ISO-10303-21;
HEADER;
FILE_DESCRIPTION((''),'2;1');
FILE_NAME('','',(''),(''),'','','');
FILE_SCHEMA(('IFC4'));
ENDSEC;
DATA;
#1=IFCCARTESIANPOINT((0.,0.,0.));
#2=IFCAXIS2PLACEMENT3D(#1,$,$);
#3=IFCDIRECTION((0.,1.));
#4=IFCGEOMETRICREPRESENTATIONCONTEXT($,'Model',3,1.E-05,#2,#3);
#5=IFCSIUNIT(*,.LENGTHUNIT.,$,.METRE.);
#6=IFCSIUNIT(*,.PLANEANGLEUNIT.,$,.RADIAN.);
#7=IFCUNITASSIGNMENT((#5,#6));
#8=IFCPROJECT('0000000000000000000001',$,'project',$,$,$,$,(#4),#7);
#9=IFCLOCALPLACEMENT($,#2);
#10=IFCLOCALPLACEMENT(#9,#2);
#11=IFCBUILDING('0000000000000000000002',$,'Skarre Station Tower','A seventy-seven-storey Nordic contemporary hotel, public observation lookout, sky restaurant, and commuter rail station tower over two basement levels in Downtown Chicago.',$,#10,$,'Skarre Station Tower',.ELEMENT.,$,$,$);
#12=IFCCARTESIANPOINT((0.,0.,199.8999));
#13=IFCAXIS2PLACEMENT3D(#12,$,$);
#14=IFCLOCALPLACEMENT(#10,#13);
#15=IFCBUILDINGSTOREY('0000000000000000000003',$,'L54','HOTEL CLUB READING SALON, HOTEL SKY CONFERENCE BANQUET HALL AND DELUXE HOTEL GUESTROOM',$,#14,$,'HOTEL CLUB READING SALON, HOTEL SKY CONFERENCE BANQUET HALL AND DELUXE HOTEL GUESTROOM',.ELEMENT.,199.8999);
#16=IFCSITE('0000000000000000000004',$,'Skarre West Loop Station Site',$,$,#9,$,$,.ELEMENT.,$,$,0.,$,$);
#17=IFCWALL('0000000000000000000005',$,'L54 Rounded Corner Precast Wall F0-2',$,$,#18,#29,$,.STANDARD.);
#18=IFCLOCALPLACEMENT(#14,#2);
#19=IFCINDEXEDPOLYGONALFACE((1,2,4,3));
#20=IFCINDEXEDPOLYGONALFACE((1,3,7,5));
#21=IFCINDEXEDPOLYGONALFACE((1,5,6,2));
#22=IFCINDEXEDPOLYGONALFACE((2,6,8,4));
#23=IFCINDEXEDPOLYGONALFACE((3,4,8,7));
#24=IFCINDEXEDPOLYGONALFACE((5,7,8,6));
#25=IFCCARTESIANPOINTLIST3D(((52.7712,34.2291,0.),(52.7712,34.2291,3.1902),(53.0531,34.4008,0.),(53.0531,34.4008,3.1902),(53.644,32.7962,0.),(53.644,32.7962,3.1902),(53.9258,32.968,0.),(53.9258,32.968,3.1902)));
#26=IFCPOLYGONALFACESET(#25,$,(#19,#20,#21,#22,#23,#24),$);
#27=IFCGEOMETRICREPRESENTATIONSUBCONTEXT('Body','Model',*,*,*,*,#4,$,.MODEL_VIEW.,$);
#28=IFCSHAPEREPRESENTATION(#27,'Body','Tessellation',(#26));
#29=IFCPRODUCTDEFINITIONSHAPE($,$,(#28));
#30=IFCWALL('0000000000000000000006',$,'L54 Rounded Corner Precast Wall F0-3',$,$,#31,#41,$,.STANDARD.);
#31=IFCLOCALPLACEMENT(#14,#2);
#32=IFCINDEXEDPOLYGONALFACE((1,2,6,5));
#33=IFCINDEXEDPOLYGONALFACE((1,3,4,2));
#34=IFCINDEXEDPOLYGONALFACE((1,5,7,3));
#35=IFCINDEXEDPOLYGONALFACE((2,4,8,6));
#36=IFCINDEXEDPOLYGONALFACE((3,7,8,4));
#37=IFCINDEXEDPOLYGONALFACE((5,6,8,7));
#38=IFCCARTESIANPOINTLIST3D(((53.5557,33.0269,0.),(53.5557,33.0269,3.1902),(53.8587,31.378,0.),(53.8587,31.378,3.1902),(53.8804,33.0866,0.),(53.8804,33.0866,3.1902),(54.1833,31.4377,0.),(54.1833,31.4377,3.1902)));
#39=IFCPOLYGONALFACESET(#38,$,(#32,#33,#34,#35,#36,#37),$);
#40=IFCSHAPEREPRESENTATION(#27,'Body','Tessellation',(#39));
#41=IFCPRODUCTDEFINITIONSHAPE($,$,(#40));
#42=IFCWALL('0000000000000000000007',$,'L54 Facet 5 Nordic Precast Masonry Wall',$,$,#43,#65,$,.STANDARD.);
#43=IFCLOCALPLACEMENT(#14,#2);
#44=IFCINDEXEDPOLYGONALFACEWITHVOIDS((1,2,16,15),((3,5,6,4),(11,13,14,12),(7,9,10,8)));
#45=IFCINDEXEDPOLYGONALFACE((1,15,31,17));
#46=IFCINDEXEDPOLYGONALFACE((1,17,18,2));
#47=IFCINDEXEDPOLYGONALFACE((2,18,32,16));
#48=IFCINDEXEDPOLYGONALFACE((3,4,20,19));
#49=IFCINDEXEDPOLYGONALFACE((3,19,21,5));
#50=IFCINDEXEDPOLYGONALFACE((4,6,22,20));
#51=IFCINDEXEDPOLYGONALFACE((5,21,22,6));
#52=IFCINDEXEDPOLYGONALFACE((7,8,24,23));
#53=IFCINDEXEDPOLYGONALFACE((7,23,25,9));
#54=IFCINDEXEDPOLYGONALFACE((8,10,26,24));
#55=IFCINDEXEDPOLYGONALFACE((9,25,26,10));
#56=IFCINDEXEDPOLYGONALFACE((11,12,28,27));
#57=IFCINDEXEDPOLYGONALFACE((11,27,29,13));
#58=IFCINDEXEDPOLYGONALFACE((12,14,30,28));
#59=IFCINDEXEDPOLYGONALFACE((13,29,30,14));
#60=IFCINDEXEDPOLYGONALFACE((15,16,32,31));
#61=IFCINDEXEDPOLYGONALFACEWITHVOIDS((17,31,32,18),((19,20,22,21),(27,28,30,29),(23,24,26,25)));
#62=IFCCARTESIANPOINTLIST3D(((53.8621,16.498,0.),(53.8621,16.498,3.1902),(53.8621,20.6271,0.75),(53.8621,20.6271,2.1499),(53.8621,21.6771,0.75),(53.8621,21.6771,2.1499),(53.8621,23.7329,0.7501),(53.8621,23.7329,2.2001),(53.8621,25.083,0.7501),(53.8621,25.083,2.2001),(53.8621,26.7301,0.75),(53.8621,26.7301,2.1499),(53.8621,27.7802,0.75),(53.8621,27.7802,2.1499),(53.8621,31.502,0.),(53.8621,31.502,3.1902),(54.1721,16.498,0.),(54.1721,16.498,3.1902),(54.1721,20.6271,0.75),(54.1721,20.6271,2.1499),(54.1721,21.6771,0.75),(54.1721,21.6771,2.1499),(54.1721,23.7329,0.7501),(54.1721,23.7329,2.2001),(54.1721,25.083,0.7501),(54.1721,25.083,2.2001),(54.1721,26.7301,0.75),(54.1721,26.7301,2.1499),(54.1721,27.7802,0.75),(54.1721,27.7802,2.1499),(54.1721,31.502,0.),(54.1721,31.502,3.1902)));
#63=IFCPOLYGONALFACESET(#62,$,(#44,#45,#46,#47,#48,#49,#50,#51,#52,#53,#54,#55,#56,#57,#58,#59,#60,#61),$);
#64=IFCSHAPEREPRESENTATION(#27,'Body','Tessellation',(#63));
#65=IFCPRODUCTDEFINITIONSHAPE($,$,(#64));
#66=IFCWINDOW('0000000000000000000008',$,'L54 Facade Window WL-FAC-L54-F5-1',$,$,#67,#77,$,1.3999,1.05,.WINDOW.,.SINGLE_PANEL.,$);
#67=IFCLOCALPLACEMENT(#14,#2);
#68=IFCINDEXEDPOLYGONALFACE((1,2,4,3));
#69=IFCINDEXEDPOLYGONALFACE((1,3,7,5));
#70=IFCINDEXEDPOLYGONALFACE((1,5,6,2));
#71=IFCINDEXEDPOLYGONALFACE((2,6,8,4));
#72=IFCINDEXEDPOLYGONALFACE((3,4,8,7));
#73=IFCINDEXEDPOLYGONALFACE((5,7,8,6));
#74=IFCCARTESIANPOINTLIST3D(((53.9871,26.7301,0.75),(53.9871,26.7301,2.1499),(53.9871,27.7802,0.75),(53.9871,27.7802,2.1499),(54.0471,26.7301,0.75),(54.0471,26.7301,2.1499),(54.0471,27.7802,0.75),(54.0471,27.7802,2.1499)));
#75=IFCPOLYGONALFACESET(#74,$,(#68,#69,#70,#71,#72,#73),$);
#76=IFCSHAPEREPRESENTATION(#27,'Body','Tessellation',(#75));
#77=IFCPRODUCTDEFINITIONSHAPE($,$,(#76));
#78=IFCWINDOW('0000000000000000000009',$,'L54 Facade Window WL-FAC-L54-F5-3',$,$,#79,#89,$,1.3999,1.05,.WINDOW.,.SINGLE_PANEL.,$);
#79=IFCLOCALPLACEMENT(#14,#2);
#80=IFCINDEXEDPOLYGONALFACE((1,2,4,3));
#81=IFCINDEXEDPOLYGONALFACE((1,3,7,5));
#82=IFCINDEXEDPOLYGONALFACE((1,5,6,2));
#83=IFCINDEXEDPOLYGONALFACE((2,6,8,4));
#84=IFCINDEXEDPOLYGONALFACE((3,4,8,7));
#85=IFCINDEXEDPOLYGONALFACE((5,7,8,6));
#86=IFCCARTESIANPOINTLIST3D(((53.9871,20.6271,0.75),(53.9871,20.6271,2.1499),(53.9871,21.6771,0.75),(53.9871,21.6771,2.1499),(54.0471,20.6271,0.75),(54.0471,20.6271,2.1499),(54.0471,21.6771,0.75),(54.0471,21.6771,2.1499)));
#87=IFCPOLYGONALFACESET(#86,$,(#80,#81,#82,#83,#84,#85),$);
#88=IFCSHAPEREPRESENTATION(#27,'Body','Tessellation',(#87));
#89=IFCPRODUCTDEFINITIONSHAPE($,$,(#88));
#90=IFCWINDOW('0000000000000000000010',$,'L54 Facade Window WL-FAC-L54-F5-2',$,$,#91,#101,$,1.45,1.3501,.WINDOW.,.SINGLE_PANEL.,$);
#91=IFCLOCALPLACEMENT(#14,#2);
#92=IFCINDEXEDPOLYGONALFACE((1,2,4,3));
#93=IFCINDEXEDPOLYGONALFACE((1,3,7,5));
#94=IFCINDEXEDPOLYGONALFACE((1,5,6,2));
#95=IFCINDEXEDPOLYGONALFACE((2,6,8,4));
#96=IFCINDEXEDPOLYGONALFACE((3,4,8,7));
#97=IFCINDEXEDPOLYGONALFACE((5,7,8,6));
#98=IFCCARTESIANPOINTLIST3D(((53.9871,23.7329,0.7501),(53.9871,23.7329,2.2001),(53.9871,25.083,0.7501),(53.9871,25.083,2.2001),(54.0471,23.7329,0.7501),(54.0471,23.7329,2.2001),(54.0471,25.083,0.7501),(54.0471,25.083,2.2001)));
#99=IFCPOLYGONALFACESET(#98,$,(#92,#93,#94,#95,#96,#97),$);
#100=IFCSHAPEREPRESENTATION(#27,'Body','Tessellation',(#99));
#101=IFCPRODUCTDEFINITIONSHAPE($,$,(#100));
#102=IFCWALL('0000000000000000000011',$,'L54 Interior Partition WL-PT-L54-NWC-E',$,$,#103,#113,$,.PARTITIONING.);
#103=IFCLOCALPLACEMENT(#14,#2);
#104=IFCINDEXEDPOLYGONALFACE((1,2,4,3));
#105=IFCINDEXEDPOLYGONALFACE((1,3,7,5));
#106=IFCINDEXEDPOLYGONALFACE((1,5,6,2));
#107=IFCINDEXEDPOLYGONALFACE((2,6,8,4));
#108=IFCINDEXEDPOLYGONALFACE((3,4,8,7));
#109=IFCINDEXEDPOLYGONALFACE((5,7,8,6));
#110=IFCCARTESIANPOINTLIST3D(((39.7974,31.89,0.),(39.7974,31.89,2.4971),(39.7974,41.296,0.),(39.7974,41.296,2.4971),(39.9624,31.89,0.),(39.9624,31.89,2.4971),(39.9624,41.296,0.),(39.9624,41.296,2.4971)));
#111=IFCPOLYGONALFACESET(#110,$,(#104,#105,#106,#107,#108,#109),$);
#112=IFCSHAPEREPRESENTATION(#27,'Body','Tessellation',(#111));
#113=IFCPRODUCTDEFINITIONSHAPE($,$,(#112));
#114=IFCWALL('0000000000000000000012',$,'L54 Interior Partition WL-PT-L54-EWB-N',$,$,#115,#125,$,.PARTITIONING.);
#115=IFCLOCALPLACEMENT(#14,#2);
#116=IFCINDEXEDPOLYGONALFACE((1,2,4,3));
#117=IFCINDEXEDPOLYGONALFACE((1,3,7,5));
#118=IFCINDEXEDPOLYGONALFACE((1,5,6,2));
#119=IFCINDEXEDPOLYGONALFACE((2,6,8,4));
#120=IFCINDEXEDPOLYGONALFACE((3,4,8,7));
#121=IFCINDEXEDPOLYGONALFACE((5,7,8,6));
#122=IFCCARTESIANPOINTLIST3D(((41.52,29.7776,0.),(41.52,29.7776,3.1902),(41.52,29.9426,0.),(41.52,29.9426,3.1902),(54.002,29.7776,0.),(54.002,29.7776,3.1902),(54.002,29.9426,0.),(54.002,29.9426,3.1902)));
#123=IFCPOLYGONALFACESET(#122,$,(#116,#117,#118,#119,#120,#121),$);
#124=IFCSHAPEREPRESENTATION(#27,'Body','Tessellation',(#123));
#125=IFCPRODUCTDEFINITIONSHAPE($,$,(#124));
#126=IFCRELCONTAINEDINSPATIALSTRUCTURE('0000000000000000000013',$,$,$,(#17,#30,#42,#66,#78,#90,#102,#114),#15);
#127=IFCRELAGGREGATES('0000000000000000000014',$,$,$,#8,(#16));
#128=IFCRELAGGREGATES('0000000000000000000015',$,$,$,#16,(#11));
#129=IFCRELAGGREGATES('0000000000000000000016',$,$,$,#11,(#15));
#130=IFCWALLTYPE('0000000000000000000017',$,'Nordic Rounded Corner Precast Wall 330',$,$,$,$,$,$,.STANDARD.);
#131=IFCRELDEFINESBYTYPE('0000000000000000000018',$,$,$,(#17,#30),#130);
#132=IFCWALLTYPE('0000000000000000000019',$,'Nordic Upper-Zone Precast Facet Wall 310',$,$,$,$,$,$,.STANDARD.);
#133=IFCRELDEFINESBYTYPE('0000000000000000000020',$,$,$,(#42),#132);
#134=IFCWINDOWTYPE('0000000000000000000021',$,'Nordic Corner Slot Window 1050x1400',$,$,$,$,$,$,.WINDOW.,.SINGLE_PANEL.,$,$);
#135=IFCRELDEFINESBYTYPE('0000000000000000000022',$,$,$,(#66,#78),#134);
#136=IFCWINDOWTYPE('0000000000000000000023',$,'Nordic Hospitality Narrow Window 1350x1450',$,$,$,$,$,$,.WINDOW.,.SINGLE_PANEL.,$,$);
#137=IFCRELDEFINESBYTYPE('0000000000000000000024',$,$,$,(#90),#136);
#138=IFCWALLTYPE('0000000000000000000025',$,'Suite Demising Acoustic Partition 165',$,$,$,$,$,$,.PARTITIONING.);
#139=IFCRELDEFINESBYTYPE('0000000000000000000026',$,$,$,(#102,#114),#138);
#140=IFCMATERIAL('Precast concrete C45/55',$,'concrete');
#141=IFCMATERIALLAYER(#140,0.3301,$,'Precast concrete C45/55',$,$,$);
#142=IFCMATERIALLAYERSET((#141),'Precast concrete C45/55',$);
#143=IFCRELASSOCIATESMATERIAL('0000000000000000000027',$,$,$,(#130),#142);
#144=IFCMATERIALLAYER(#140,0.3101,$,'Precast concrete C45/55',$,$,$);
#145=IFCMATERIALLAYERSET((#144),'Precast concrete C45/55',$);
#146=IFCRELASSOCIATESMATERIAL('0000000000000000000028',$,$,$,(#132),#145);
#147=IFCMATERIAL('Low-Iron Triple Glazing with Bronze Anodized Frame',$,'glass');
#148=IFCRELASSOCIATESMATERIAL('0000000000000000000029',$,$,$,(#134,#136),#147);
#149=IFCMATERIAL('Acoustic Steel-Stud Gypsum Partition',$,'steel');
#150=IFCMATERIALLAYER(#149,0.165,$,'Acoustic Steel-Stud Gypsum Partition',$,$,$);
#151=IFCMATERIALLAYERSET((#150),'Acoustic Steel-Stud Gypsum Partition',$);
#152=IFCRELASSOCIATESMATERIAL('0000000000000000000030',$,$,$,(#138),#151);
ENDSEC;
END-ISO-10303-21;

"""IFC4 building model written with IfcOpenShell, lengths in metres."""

from ifc_helpers import new_model, si_unit, direction, frame, frame_2d, origin, place, context, subcontext, project, spatial, rectangle, extrude, material, layer, layer_set, type_object, element, fill, save


model = new_model("IFC4")

# Units and contexts
model_context = context("Model", 3, precision=1e-05, world=origin(), true_north=direction((0.0, 1.0)))
body_context = subcontext(model_context, "Body", "Model", "MODEL_VIEW")
ifc_project = project(units=[si_unit("LENGTHUNIT", "METRE"), si_unit("PLANEANGLEUNIT", "RADIAN")], contexts=[model_context])

# Site, building, storey
site_placement = place(None, origin())
site = spatial("IfcSite", under=ifc_project, at=site_placement, Name="Skarre West Loop Station Site", CompositionType="ELEMENT", RefElevation=0.0)
building_placement = place(site_placement, origin())
building = spatial("IfcBuilding", under=site, at=building_placement, Name="Skarre Station Tower", Description="A seventy-seven-storey Nordic contemporary hotel, public observation lookout, sky restaurant, and commuter rail station tower over two basement levels in Downtown Chicago.", LongName="Skarre Station Tower", CompositionType="ELEMENT")
storey_placement = place(building_placement, frame((0.0, 0.0, 199.8999)))
storey = spatial("IfcBuildingStorey", under=building, at=storey_placement, Name="L54", Description="HOTEL CLUB READING SALON, HOTEL SKY CONFERENCE BANQUET HALL AND DELUXE HOTEL GUESTROOM", LongName="HOTEL CLUB READING SALON, HOTEL SKY CONFERENCE BANQUET HALL AND DELUXE HOTEL GUESTROOM", CompositionType="ELEMENT", Elevation=199.8999)

# Shared definitions
ifc_material_1 = material(Name="Acoustic Steel-Stud Gypsum Partition", Category="steel")

# Walls
ifc_material_2 = material(Name="Precast concrete C45/55", Category="concrete")
ifc_layer_1 = layer(ifc_material_2, 0.3301, Name="Precast concrete C45/55")
ifc_layer_set_1 = layer_set([ifc_layer_1], Name="Precast concrete C45/55")
wall_type_1 = type_object("IfcWallType", Name="Nordic Rounded Corner Precast Wall 330", PredefinedType="STANDARD", material=ifc_layer_set_1)
wall_1_placement = place(storey_placement, frame((52.9121, 34.3149, 0.0), z_axis=(0.0, 0.0, 1.0), x_axis=(0.520219, -0.854033, 0.0)))
element("IfcWall", 1, at=wall_1_placement, inside=storey, type_object=wall_type_1, Name="L54 Rounded Corner Precast Wall F0-2", PredefinedType="STANDARD", context=body_context, shape_type="SweptSolid", body=[
    extrude(rectangle(XDim=1.6777, YDim=0.3301, at=frame_2d((0.8389, 0.0))), origin(), (0.0, 0.0, 1.0), 3.1902),
])
wall_2_placement = place(storey_placement, frame((53.718, 33.0569, 0.0), z_axis=(0.0, 0.0, 1.0), x_axis=(0.180718, -0.983535, 0.0)))
element("IfcWall", 2, at=wall_2_placement, inside=storey, type_object=wall_type_1, Name="L54 Rounded Corner Precast Wall F0-3", PredefinedType="STANDARD", context=body_context, shape_type="SweptSolid", body=[
    extrude(rectangle(XDim=1.6765, YDim=0.3301, at=frame_2d((0.8384, 0.0))), origin(), (0.0, 0.0, 1.0), 3.1902),
])

# Wall, openings, windows
ifc_layer_2 = layer(ifc_material_2, 0.3101, Name="Precast concrete C45/55")
ifc_layer_set_2 = layer_set([ifc_layer_2], Name="Precast concrete C45/55")
wall_type_2 = type_object("IfcWallType", Name="Nordic Upper-Zone Precast Facet Wall 310", PredefinedType="STANDARD", material=ifc_layer_set_2)
wall_3_placement = place(storey_placement, frame((54.0171, 31.502, 0.0), z_axis=(0.0, 0.0, 1.0), x_axis=(0.0, -1.0, 0.0)))
wall_3 = element("IfcWall", 3, at=wall_3_placement, inside=storey, type_object=wall_type_2, Name="L54 Facet 5 Nordic Precast Masonry Wall", PredefinedType="STANDARD", context=body_context, shape_type="SweptSolid", body=[
    extrude(rectangle(XDim=15.0039, YDim=0.3101, at=frame_2d((7.502, 0.0))), origin(), (0.0, 0.0, 1.0), 3.1902),
])
opening_1_placement = place(wall_3_placement, frame((3.7219, 0.0, 0.75)))
opening_1 = element("IfcOpeningElement", 4, at=opening_1_placement, cuts=wall_3, PredefinedType="OPENING", context=body_context, shape_type="SweptSolid", body=[
    extrude(rectangle(XDim=1.05, YDim=1.3999, at=frame_2d((0.5249, 0.7))), frame((0.0, 0.165, 0.0), z_axis=(0.0, -1.0, 0.0), x_axis=(1.0, 0.0, 0.0)), (0.0, 0.0, 1.0), 0.3301),
])
opening_2_placement = place(wall_3_placement, frame((6.4189, 0.0, 0.75)))
opening_2 = element("IfcOpeningElement", 5, at=opening_2_placement, cuts=wall_3, PredefinedType="OPENING", context=body_context, shape_type="SweptSolid", body=[
    extrude(rectangle(XDim=1.3501, YDim=1.45, at=frame_2d((0.675, 0.7251))), frame((0.0, 0.165, 0.0), z_axis=(0.0, -1.0, 0.0), x_axis=(1.0, 0.0, 0.0)), (0.0, 0.0, 1.0), 0.3301),
])
opening_3_placement = place(wall_3_placement, frame((9.825, 0.0, 0.75)))
opening_3 = element("IfcOpeningElement", 6, at=opening_3_placement, cuts=wall_3, PredefinedType="OPENING", context=body_context, shape_type="SweptSolid", body=[
    extrude(rectangle(XDim=1.05, YDim=1.3999, at=frame_2d((0.5249, 0.7))), frame((0.0, 0.165, 0.0), z_axis=(0.0, -1.0, 0.0), x_axis=(1.0, 0.0, 0.0)), (0.0, 0.0, 1.0), 0.3301),
])
ifc_material_3 = material(Name="Low-Iron Triple Glazing with Bronze Anodized Frame", Category="glass")
window_type_1 = type_object("IfcWindowType", Name="Nordic Corner Slot Window 1050x1400", PartitioningType="SINGLE_PANEL", PredefinedType="WINDOW", material=ifc_material_3)
window_1_placement = place(opening_1_placement, origin())
window_1 = element("IfcWindow", 7, at=window_1_placement, inside=storey, type_object=window_type_1, Name="L54 Facade Window WL-FAC-L54-F5-1", OverallHeight=1.3999, OverallWidth=1.05, PartitioningType="SINGLE_PANEL", PredefinedType="WINDOW", context=body_context, shape_type="SweptSolid", body=[
    extrude(rectangle(XDim=1.05, YDim=1.3999, at=frame_2d((0.5249, 0.7))), frame((0.0, 0.03, 0.0), z_axis=(0.0, -1.0, 0.0), x_axis=(1.0, 0.0, 0.0)), (0.0, 0.0, 1.0), 0.0601),
])
fill(opening_1, window_1)
window_2_placement = place(opening_3_placement, origin())
window_2 = element("IfcWindow", 8, at=window_2_placement, inside=storey, type_object=window_type_1, Name="L54 Facade Window WL-FAC-L54-F5-3", OverallHeight=1.3999, OverallWidth=1.05, PartitioningType="SINGLE_PANEL", PredefinedType="WINDOW", context=body_context, shape_type="SweptSolid", body=[
    extrude(rectangle(XDim=1.05, YDim=1.3999, at=frame_2d((0.5249, 0.7))), frame((0.0, 0.03, 0.0), z_axis=(0.0, -1.0, 0.0), x_axis=(1.0, 0.0, 0.0)), (0.0, 0.0, 1.0), 0.0601),
])
fill(opening_3, window_2)
window_type_2 = type_object("IfcWindowType", Name="Nordic Hospitality Narrow Window 1350x1450", PartitioningType="SINGLE_PANEL", PredefinedType="WINDOW", material=ifc_material_3)
window_3_placement = place(opening_2_placement, origin())
window_3 = element("IfcWindow", 9, at=window_3_placement, inside=storey, type_object=window_type_2, Name="L54 Facade Window WL-FAC-L54-F5-2", OverallHeight=1.45, OverallWidth=1.3501, PartitioningType="SINGLE_PANEL", PredefinedType="WINDOW", context=body_context, shape_type="SweptSolid", body=[
    extrude(rectangle(XDim=1.3501, YDim=1.45, at=frame_2d((0.675, 0.7251))), frame((0.0, 0.03, 0.0), z_axis=(0.0, -1.0, 0.0), x_axis=(1.0, 0.0, 0.0)), (0.0, 0.0, 1.0), 0.0601),
])
fill(opening_2, window_3)

# Walls
ifc_layer_3 = layer(ifc_material_1, 0.165, Name="Acoustic Steel-Stud Gypsum Partition")
ifc_layer_set_3 = layer_set([ifc_layer_3], Name="Acoustic Steel-Stud Gypsum Partition")
wall_type_3 = type_object("IfcWallType", Name="Suite Demising Acoustic Partition 165", PredefinedType="PARTITIONING", material=ifc_layer_set_3)
wall_4_placement = place(storey_placement, frame((39.8799, 31.8899, 0.0), z_axis=(0.0, 0.0, 1.0), x_axis=(0.0, 1.0, 0.0)))
element("IfcWall", 10, at=wall_4_placement, inside=storey, type_object=wall_type_3, Name="L54 Interior Partition WL-PT-L54-NWC-E", PredefinedType="PARTITIONING", context=body_context, shape_type="SweptSolid", body=[
    extrude(rectangle(XDim=9.406, YDim=0.165, at=frame_2d((4.7031, 0.0))), origin(), (0.0, 0.0, 1.0), 2.4971),
])
wall_5_placement = place(storey_placement, frame((41.52, 29.8601, 0.0), z_axis=(0.0, 0.0, 1.0), x_axis=(1.0, 0.0, 0.0)))
element("IfcWall", 11, at=wall_5_placement, inside=storey, type_object=wall_type_3, Name="L54 Interior Partition WL-PT-L54-EWB-N", PredefinedType="PARTITIONING", context=body_context, shape_type="SweptSolid", body=[
    extrude(rectangle(XDim=12.4819, YDim=0.165, at=frame_2d((6.241, 0.0))), origin(), (0.0, 0.0, 1.0), 3.1902),
])

save(model, "model.ifc")
